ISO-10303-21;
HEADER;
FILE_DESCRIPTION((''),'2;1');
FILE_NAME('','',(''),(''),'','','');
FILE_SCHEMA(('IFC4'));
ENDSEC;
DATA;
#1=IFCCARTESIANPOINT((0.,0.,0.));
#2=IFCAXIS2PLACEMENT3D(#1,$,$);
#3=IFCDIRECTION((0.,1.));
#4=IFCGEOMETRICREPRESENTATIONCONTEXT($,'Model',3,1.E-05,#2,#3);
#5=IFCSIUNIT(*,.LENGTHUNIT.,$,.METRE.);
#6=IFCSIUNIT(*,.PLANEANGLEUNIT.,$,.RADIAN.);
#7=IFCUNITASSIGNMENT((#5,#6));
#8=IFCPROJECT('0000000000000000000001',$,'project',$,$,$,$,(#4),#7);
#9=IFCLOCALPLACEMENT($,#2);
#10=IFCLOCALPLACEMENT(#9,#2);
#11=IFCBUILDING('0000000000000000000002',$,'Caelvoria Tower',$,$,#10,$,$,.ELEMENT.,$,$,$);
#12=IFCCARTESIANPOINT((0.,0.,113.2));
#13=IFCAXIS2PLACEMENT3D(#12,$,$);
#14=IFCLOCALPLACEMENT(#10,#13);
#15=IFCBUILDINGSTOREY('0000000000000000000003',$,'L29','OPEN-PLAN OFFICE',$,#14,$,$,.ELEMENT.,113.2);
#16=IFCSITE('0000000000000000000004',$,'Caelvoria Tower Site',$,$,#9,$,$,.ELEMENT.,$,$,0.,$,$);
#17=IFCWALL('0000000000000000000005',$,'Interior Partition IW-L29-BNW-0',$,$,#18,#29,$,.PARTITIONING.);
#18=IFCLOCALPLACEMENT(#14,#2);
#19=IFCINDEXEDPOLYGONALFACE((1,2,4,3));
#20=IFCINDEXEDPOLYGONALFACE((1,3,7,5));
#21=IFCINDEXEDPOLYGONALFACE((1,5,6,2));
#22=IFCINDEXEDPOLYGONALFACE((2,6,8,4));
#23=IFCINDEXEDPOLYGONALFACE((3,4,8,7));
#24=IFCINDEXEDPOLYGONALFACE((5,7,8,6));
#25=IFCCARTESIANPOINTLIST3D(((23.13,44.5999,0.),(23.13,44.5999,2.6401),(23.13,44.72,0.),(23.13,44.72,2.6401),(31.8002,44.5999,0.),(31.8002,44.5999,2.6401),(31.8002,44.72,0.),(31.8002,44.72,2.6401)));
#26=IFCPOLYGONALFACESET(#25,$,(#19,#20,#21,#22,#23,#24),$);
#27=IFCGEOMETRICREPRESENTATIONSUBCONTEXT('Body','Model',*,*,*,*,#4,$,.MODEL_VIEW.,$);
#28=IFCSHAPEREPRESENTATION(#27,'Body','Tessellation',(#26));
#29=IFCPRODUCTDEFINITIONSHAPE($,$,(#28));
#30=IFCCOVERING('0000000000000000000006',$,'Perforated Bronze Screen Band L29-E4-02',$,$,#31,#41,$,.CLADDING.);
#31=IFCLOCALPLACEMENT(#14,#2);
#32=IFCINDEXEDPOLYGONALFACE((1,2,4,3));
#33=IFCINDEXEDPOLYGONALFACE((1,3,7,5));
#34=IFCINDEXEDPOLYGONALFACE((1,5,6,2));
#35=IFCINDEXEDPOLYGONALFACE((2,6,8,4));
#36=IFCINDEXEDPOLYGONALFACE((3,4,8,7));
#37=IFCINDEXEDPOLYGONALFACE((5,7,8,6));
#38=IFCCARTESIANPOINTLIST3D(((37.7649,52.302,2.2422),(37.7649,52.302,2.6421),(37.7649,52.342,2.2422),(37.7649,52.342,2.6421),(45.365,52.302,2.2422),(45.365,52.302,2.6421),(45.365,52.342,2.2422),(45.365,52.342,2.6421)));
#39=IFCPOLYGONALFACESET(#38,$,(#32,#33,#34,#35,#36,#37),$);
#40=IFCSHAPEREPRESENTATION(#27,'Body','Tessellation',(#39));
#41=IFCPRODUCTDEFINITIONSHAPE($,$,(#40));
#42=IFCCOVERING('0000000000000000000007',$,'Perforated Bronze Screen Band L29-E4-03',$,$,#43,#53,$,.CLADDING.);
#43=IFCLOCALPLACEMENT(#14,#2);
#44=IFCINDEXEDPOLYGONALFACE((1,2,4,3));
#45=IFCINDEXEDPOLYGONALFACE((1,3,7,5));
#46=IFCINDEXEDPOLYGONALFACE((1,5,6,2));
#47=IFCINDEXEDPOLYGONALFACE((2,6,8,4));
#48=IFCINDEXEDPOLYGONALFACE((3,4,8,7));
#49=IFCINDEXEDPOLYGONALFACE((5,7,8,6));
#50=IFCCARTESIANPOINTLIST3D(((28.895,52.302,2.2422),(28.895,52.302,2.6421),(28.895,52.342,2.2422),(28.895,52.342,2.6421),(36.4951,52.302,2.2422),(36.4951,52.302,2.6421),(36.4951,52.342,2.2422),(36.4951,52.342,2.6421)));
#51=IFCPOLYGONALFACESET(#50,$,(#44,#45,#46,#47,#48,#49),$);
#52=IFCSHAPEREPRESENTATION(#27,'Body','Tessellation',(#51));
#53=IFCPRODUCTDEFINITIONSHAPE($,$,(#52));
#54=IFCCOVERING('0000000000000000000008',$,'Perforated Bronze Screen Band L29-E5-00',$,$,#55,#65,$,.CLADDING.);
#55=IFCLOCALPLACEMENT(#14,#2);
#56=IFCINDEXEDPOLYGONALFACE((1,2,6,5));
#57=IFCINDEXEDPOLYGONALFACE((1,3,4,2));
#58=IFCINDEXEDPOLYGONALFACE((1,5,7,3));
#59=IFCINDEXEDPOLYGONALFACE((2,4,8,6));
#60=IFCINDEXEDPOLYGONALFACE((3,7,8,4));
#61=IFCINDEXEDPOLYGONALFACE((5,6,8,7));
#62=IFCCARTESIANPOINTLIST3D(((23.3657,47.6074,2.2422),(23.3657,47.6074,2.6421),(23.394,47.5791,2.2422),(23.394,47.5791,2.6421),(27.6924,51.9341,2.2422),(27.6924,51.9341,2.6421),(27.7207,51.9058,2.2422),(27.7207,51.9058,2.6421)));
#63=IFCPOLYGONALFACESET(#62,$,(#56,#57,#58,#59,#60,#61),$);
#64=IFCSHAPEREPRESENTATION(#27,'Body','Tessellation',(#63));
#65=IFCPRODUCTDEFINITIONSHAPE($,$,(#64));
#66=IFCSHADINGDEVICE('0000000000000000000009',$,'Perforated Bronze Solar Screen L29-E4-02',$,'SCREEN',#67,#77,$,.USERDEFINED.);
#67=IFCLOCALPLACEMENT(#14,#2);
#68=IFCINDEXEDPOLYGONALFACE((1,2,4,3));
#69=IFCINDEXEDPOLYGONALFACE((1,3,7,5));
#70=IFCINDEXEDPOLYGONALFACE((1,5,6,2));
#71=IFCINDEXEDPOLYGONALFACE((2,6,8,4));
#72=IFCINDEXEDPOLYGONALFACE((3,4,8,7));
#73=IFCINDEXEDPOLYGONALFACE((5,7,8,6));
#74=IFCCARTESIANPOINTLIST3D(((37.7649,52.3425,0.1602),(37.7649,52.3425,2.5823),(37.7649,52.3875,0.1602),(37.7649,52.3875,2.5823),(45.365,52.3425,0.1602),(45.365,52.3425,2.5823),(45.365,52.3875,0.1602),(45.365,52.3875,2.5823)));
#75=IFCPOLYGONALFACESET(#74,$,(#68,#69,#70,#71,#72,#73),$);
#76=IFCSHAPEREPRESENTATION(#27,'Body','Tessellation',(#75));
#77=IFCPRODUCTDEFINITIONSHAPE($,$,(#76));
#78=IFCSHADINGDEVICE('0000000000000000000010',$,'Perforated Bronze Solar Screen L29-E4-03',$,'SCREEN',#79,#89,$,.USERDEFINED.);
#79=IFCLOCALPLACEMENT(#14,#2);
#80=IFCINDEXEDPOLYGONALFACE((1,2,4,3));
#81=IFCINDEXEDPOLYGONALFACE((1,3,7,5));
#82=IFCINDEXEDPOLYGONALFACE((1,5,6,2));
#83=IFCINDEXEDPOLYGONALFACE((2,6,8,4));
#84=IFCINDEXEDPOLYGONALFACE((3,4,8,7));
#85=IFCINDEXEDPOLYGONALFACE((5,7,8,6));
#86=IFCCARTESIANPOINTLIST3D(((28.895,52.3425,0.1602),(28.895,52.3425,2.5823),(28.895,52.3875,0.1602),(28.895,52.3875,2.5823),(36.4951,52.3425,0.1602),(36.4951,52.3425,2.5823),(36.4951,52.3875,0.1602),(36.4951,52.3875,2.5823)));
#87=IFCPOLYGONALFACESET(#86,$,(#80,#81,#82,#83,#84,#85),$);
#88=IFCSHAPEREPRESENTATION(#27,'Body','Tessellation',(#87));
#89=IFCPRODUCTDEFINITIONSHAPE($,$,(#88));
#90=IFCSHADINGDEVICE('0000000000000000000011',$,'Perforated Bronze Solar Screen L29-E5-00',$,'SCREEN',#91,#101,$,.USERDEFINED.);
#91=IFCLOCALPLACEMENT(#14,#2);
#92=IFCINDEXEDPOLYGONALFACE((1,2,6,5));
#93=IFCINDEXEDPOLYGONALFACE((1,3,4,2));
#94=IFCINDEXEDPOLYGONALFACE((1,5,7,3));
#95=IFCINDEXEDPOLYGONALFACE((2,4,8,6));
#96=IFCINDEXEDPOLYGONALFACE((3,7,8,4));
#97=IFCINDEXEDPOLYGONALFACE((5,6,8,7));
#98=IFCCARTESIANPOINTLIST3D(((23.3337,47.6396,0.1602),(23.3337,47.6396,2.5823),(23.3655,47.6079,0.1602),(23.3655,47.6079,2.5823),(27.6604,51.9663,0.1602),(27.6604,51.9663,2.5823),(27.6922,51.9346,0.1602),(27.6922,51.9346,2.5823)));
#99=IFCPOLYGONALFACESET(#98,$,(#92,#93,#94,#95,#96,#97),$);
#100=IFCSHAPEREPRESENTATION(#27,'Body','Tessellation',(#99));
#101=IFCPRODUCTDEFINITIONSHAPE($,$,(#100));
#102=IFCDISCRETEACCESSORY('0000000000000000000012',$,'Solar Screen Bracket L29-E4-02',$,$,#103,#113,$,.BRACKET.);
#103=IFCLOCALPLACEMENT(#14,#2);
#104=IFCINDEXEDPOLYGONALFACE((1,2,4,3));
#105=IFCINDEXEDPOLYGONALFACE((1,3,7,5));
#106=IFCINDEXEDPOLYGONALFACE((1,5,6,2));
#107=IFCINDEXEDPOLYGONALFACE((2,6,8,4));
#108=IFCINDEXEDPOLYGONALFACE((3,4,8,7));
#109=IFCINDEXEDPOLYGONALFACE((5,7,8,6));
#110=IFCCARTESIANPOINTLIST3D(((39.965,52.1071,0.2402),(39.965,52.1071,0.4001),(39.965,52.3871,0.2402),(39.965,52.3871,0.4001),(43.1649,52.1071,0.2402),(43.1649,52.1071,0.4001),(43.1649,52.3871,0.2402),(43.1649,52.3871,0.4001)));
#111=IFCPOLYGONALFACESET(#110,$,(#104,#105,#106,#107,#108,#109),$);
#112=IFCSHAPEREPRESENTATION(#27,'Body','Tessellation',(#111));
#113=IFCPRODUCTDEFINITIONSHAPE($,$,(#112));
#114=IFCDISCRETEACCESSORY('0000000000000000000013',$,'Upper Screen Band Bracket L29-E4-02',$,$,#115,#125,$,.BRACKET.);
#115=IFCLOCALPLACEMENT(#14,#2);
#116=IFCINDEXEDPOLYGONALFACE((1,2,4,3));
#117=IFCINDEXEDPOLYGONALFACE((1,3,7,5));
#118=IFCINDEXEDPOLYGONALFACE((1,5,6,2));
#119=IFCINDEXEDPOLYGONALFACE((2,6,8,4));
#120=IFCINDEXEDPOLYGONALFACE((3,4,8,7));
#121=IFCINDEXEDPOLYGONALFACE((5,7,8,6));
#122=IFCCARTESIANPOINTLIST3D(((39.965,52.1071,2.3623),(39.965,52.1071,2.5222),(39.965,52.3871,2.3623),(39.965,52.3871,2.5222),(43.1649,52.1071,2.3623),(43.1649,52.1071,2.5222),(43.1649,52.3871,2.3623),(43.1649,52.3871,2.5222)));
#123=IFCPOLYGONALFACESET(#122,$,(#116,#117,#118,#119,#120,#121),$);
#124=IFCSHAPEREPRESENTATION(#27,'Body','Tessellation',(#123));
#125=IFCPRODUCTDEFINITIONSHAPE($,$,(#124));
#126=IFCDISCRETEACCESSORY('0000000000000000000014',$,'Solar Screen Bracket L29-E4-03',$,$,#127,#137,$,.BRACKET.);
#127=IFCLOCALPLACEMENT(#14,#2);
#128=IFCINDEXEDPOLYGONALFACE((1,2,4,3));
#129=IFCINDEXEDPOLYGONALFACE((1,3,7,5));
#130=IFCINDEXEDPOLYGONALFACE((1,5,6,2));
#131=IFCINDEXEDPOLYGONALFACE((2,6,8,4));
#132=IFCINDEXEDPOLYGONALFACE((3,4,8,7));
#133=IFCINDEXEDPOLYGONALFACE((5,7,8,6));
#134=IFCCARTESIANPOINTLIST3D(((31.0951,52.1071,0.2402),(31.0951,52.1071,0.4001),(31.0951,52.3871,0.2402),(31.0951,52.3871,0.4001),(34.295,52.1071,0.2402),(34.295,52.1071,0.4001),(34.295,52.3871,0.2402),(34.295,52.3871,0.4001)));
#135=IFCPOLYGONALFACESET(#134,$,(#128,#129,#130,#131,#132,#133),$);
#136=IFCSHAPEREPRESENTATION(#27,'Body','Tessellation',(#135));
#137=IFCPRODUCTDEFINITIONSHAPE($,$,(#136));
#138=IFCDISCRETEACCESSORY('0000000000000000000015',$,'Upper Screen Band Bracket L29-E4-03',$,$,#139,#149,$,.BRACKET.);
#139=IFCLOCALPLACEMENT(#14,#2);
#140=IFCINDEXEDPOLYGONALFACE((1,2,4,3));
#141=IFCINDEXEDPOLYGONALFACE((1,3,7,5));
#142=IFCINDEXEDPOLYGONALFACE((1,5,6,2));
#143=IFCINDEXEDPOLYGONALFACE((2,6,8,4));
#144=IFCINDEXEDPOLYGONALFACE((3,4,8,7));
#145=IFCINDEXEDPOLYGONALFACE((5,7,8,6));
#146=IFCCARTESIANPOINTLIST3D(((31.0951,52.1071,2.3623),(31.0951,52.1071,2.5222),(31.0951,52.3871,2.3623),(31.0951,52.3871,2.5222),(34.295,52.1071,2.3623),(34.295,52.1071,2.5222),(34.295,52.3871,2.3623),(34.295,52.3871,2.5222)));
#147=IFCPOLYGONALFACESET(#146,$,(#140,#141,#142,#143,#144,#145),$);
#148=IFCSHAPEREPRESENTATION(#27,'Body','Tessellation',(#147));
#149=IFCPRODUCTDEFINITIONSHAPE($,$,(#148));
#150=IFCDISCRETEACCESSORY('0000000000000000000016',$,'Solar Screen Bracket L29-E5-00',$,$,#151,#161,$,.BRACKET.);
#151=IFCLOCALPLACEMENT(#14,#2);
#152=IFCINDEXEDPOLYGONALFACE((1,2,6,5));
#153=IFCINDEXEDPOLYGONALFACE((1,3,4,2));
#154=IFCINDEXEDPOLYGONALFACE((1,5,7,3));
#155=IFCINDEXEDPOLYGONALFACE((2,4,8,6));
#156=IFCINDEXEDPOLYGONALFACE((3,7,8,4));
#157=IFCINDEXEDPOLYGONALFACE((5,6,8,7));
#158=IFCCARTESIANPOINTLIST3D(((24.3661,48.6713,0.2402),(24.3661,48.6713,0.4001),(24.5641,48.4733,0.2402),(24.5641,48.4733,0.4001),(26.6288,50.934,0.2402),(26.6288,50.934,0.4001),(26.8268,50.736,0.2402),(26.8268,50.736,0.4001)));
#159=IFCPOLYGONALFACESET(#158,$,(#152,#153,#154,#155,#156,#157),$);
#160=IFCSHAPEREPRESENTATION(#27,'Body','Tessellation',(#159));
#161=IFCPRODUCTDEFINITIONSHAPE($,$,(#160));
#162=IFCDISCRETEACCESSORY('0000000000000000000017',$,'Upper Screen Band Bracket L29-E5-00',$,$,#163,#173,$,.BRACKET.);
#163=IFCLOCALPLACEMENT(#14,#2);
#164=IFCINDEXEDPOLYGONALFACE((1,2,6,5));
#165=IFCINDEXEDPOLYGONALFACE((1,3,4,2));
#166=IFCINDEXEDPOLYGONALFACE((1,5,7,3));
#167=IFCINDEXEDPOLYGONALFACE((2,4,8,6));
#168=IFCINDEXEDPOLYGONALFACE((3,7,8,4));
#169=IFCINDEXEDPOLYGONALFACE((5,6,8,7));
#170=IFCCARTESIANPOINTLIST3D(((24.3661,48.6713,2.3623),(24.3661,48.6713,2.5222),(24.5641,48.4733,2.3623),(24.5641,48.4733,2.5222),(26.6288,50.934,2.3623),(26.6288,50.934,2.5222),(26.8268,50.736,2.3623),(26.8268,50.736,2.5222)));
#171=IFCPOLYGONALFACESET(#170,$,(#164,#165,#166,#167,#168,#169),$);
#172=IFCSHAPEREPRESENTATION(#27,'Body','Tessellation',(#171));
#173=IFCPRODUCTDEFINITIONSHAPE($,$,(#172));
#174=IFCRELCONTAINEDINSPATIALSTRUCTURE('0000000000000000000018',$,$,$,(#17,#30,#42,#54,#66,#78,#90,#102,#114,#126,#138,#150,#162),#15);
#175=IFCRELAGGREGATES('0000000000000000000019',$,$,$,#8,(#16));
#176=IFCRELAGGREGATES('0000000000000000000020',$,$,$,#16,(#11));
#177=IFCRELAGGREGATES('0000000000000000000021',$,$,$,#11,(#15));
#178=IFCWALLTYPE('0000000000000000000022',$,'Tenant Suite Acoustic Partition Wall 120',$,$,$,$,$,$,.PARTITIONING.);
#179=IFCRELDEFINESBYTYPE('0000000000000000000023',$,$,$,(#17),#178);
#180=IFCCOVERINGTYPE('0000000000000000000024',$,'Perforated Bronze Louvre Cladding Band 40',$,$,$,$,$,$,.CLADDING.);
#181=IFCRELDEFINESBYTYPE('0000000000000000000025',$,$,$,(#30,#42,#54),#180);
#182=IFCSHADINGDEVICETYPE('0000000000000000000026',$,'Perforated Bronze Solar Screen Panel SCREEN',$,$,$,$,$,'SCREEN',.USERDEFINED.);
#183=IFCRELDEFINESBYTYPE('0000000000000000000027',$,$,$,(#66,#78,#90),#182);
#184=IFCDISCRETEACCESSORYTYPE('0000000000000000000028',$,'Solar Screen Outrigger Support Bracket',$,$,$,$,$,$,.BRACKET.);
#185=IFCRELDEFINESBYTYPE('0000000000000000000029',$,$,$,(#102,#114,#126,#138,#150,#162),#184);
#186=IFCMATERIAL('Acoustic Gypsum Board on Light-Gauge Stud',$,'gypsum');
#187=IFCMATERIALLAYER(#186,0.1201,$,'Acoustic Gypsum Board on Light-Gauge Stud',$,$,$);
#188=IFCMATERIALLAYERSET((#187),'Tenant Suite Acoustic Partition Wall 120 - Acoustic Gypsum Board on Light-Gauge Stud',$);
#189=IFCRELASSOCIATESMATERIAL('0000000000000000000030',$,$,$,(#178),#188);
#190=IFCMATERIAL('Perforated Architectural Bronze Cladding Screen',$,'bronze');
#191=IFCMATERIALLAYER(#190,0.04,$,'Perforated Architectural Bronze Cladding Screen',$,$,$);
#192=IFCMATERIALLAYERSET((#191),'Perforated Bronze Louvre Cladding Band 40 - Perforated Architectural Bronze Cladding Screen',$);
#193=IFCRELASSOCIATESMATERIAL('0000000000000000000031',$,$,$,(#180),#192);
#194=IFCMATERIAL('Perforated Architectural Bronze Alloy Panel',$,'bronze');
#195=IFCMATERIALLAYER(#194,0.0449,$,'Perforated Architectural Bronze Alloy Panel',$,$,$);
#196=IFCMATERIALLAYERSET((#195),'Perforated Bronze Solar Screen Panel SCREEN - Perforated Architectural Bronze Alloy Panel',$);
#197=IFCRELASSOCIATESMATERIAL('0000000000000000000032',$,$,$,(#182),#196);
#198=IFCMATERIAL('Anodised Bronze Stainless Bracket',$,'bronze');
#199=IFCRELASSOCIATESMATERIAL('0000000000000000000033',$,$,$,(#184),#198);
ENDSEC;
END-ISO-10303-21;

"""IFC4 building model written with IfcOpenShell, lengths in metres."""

from ifc_helpers import new_model, si_unit, direction, frame, frame_2d, origin, origin_2d, place, context, subcontext, project, spatial, rectangle, extrude, material, layer, layer_set, type_object, element, save


model = new_model("IFC4")

# Units and contexts
model_context = context("Model", 3, precision=1e-05, world=origin(), true_north=direction((0.0, 1.0)))
body_context = subcontext(model_context, "Body", "Model", "MODEL_VIEW")
ifc_project = project(units=[si_unit("LENGTHUNIT", "METRE"), si_unit("PLANEANGLEUNIT", "RADIAN")], contexts=[model_context])

# Site, building, storey
site_placement = place(None, origin())
site = spatial("IfcSite", under=ifc_project, at=site_placement, Name="Caelvoria Tower Site", CompositionType="ELEMENT", RefElevation=0.0)
building_placement = place(site_placement, origin())
building = spatial("IfcBuilding", under=site, at=building_placement, Name="Caelvoria Tower", CompositionType="ELEMENT")
storey_placement = place(building_placement, frame((0.0, 0.0, 113.2)))
storey = spatial("IfcBuildingStorey", under=building, at=storey_placement, Name="L29", Description="OPEN-PLAN OFFICE", CompositionType="ELEMENT", Elevation=113.2)

# Shared definitions
ifc_material_1 = material(Name="Acoustic Gypsum Board on Light-Gauge Stud", Category="gypsum")
ifc_layer_1 = layer(ifc_material_1, 0.1201, Name="Acoustic Gypsum Board on Light-Gauge Stud")
ifc_layer_set_1 = layer_set([ifc_layer_1], Name="Tenant Suite Acoustic Partition Wall 120 - Acoustic Gypsum Board on Light-Gauge Stud")
wall_type_1 = type_object("IfcWallType", Name="Tenant Suite Acoustic Partition Wall 120", PredefinedType="PARTITIONING", material=ifc_layer_set_1)

# Wall
wall_1_placement = place(storey_placement, frame((31.8, 44.6599, 0.0), z_axis=(0.0, 0.0, 1.0), x_axis=(-1.0, 0.0, 0.0)))
element("IfcWall", 1, at=wall_1_placement, inside=storey, type_object=wall_type_1, Name="Interior Partition IW-L29-BNW-0", PredefinedType="PARTITIONING", context=body_context, shape_type="SweptSolid", body=[
    extrude(rectangle(XDim=8.6702, YDim=0.1201, at=frame_2d((4.335, 0.0))), origin(), (0.0, 0.0, 1.0), 2.6401),
])

# Coverings
ifc_material_2 = material(Name="Perforated Architectural Bronze Cladding Screen", Category="bronze")
ifc_layer_2 = layer(ifc_material_2, 0.04, Name="Perforated Architectural Bronze Cladding Screen")
ifc_layer_set_2 = layer_set([ifc_layer_2], Name="Perforated Bronze Louvre Cladding Band 40 - Perforated Architectural Bronze Cladding Screen")
covering_type = type_object("IfcCoveringType", Name="Perforated Bronze Louvre Cladding Band 40", PredefinedType="CLADDING", material=ifc_layer_set_2)
for number, where, z_axis, x_axis, name in (
    (2, (41.5649, 52.322, 2.2422), (0.0, 0.0, 1.0), (-1.0, 0.0, 0.0), "Perforated Bronze Screen Band L29-E4-02"),
    (3, (32.6951, 52.322, 2.2422), (0.0, 0.0, 1.0), (-1.0, 0.0, 0.0), "Perforated Bronze Screen Band L29-E4-03"),
):
    element("IfcCovering", number, at=place(storey_placement, frame(where, z_axis=z_axis, x_axis=x_axis)), inside=storey, type_object=covering_type, Name=name, PredefinedType="CLADDING", context=body_context, shape_type="SweptSolid", body=[
        extrude(rectangle(XDim=7.6001, YDim=0.04, at=origin_2d()), origin(), (0.0, 0.0, 1.0), 0.3999),
    ])
covering_placement = place(storey_placement, frame((25.5432, 49.7566, 2.2422), z_axis=(0.0, 0.0, 1.0), x_axis=(-0.707107, -0.707107, 0.0)))
element("IfcCovering", 4, at=covering_placement, inside=storey, type_object=covering_type, Name="Perforated Bronze Screen Band L29-E5-00", PredefinedType="CLADDING", context=body_context, shape_type="SweptSolid", body=[
    extrude(rectangle(XDim=6.1189, YDim=0.04, at=origin_2d()), origin(), (0.0, 0.0, 1.0), 0.3999),
])

# Shading devices
ifc_material_3 = material(Name="Perforated Architectural Bronze Alloy Panel", Category="bronze")
ifc_layer_3 = layer(ifc_material_3, 0.0449, Name="Perforated Architectural Bronze Alloy Panel")
ifc_layer_set_3 = layer_set([ifc_layer_3], Name="Perforated Bronze Solar Screen Panel SCREEN - Perforated Architectural Bronze Alloy Panel")
shading_device_type = type_object("IfcShadingDeviceType", Name="Perforated Bronze Solar Screen Panel SCREEN", ElementType="SCREEN", PredefinedType="USERDEFINED", material=ifc_layer_set_3)
for number, where, z_axis, x_axis, name in (
    (5, (41.5649, 52.365, 0.1602), (0.0, 0.0, 1.0), (-1.0, 0.0, 0.0), "Perforated Bronze Solar Screen L29-E4-02"),
    (6, (32.6951, 52.365, 0.1602), (0.0, 0.0, 1.0), (-1.0, 0.0, 0.0), "Perforated Bronze Solar Screen L29-E4-03"),
):
    element("IfcShadingDevice", number, at=place(storey_placement, frame(where, z_axis=z_axis, x_axis=x_axis)), inside=storey, type_object=shading_device_type, Name=name, ObjectType="SCREEN", PredefinedType="USERDEFINED", context=body_context, shape_type="SweptSolid", body=[
        extrude(rectangle(XDim=7.6001, YDim=0.0449, at=origin_2d()), origin(), (0.0, 0.0, 1.0), 2.4221),
    ])
shading_device_placement = place(storey_placement, frame((25.5129, 49.7871, 0.1602), z_axis=(0.0, 0.0, 1.0), x_axis=(-0.707107, -0.707107, 0.0)))
element("IfcShadingDevice", 7, at=shading_device_placement, inside=storey, type_object=shading_device_type, Name="Perforated Bronze Solar Screen L29-E5-00", ObjectType="SCREEN", PredefinedType="USERDEFINED", context=body_context, shape_type="SweptSolid", body=[
    extrude(rectangle(XDim=6.1189, YDim=0.0449, at=origin_2d()), origin(), (0.0, 0.0, 1.0), 2.4221),
])

# Discrete accessories
ifc_material_4 = material(Name="Anodised Bronze Stainless Bracket", Category="bronze")
discrete_accessory_type = type_object("IfcDiscreteAccessoryType", Name="Solar Screen Outrigger Support Bracket", PredefinedType="BRACKET", material=ifc_material_4)
for number, where, z_axis, x_axis, name in (
    (8, (41.5649, 52.2471, 0.2402), (0.0, 0.0, 1.0), (-1.0, 0.0, 0.0), "Solar Screen Bracket L29-E4-02"),
    (9, (41.5649, 52.2471, 2.3623), (0.0, 0.0, 1.0), (-1.0, 0.0, 0.0), "Upper Screen Band Bracket L29-E4-02"),
    (10, (32.6951, 52.2471, 0.2402), (0.0, 0.0, 1.0), (-1.0, 0.0, 0.0), "Solar Screen Bracket L29-E4-03"),
    (11, (32.6951, 52.2471, 2.3623), (0.0, 0.0, 1.0), (-1.0, 0.0, 0.0), "Upper Screen Band Bracket L29-E4-03"),
    (12, (25.5964, 49.7036, 0.2402), (0.0, 0.0, 1.0), (-0.707107, -0.707107, 0.0), "Solar Screen Bracket L29-E5-00"),
    (13, (25.5964, 49.7036, 2.3623), (0.0, 0.0, 1.0), (-0.707107, -0.707107, 0.0), "Upper Screen Band Bracket L29-E5-00"),
):
    element("IfcDiscreteAccessory", number, at=place(storey_placement, frame(where, z_axis=z_axis, x_axis=x_axis)), inside=storey, type_object=discrete_accessory_type, Name=name, PredefinedType="BRACKET", context=body_context, shape_type="SweptSolid", body=[
        extrude(rectangle(XDim=3.2, YDim=0.28, at=origin_2d()), origin(), (0.0, 0.0, 1.0), 0.1599),
    ])

save(model, "model.ifc")
